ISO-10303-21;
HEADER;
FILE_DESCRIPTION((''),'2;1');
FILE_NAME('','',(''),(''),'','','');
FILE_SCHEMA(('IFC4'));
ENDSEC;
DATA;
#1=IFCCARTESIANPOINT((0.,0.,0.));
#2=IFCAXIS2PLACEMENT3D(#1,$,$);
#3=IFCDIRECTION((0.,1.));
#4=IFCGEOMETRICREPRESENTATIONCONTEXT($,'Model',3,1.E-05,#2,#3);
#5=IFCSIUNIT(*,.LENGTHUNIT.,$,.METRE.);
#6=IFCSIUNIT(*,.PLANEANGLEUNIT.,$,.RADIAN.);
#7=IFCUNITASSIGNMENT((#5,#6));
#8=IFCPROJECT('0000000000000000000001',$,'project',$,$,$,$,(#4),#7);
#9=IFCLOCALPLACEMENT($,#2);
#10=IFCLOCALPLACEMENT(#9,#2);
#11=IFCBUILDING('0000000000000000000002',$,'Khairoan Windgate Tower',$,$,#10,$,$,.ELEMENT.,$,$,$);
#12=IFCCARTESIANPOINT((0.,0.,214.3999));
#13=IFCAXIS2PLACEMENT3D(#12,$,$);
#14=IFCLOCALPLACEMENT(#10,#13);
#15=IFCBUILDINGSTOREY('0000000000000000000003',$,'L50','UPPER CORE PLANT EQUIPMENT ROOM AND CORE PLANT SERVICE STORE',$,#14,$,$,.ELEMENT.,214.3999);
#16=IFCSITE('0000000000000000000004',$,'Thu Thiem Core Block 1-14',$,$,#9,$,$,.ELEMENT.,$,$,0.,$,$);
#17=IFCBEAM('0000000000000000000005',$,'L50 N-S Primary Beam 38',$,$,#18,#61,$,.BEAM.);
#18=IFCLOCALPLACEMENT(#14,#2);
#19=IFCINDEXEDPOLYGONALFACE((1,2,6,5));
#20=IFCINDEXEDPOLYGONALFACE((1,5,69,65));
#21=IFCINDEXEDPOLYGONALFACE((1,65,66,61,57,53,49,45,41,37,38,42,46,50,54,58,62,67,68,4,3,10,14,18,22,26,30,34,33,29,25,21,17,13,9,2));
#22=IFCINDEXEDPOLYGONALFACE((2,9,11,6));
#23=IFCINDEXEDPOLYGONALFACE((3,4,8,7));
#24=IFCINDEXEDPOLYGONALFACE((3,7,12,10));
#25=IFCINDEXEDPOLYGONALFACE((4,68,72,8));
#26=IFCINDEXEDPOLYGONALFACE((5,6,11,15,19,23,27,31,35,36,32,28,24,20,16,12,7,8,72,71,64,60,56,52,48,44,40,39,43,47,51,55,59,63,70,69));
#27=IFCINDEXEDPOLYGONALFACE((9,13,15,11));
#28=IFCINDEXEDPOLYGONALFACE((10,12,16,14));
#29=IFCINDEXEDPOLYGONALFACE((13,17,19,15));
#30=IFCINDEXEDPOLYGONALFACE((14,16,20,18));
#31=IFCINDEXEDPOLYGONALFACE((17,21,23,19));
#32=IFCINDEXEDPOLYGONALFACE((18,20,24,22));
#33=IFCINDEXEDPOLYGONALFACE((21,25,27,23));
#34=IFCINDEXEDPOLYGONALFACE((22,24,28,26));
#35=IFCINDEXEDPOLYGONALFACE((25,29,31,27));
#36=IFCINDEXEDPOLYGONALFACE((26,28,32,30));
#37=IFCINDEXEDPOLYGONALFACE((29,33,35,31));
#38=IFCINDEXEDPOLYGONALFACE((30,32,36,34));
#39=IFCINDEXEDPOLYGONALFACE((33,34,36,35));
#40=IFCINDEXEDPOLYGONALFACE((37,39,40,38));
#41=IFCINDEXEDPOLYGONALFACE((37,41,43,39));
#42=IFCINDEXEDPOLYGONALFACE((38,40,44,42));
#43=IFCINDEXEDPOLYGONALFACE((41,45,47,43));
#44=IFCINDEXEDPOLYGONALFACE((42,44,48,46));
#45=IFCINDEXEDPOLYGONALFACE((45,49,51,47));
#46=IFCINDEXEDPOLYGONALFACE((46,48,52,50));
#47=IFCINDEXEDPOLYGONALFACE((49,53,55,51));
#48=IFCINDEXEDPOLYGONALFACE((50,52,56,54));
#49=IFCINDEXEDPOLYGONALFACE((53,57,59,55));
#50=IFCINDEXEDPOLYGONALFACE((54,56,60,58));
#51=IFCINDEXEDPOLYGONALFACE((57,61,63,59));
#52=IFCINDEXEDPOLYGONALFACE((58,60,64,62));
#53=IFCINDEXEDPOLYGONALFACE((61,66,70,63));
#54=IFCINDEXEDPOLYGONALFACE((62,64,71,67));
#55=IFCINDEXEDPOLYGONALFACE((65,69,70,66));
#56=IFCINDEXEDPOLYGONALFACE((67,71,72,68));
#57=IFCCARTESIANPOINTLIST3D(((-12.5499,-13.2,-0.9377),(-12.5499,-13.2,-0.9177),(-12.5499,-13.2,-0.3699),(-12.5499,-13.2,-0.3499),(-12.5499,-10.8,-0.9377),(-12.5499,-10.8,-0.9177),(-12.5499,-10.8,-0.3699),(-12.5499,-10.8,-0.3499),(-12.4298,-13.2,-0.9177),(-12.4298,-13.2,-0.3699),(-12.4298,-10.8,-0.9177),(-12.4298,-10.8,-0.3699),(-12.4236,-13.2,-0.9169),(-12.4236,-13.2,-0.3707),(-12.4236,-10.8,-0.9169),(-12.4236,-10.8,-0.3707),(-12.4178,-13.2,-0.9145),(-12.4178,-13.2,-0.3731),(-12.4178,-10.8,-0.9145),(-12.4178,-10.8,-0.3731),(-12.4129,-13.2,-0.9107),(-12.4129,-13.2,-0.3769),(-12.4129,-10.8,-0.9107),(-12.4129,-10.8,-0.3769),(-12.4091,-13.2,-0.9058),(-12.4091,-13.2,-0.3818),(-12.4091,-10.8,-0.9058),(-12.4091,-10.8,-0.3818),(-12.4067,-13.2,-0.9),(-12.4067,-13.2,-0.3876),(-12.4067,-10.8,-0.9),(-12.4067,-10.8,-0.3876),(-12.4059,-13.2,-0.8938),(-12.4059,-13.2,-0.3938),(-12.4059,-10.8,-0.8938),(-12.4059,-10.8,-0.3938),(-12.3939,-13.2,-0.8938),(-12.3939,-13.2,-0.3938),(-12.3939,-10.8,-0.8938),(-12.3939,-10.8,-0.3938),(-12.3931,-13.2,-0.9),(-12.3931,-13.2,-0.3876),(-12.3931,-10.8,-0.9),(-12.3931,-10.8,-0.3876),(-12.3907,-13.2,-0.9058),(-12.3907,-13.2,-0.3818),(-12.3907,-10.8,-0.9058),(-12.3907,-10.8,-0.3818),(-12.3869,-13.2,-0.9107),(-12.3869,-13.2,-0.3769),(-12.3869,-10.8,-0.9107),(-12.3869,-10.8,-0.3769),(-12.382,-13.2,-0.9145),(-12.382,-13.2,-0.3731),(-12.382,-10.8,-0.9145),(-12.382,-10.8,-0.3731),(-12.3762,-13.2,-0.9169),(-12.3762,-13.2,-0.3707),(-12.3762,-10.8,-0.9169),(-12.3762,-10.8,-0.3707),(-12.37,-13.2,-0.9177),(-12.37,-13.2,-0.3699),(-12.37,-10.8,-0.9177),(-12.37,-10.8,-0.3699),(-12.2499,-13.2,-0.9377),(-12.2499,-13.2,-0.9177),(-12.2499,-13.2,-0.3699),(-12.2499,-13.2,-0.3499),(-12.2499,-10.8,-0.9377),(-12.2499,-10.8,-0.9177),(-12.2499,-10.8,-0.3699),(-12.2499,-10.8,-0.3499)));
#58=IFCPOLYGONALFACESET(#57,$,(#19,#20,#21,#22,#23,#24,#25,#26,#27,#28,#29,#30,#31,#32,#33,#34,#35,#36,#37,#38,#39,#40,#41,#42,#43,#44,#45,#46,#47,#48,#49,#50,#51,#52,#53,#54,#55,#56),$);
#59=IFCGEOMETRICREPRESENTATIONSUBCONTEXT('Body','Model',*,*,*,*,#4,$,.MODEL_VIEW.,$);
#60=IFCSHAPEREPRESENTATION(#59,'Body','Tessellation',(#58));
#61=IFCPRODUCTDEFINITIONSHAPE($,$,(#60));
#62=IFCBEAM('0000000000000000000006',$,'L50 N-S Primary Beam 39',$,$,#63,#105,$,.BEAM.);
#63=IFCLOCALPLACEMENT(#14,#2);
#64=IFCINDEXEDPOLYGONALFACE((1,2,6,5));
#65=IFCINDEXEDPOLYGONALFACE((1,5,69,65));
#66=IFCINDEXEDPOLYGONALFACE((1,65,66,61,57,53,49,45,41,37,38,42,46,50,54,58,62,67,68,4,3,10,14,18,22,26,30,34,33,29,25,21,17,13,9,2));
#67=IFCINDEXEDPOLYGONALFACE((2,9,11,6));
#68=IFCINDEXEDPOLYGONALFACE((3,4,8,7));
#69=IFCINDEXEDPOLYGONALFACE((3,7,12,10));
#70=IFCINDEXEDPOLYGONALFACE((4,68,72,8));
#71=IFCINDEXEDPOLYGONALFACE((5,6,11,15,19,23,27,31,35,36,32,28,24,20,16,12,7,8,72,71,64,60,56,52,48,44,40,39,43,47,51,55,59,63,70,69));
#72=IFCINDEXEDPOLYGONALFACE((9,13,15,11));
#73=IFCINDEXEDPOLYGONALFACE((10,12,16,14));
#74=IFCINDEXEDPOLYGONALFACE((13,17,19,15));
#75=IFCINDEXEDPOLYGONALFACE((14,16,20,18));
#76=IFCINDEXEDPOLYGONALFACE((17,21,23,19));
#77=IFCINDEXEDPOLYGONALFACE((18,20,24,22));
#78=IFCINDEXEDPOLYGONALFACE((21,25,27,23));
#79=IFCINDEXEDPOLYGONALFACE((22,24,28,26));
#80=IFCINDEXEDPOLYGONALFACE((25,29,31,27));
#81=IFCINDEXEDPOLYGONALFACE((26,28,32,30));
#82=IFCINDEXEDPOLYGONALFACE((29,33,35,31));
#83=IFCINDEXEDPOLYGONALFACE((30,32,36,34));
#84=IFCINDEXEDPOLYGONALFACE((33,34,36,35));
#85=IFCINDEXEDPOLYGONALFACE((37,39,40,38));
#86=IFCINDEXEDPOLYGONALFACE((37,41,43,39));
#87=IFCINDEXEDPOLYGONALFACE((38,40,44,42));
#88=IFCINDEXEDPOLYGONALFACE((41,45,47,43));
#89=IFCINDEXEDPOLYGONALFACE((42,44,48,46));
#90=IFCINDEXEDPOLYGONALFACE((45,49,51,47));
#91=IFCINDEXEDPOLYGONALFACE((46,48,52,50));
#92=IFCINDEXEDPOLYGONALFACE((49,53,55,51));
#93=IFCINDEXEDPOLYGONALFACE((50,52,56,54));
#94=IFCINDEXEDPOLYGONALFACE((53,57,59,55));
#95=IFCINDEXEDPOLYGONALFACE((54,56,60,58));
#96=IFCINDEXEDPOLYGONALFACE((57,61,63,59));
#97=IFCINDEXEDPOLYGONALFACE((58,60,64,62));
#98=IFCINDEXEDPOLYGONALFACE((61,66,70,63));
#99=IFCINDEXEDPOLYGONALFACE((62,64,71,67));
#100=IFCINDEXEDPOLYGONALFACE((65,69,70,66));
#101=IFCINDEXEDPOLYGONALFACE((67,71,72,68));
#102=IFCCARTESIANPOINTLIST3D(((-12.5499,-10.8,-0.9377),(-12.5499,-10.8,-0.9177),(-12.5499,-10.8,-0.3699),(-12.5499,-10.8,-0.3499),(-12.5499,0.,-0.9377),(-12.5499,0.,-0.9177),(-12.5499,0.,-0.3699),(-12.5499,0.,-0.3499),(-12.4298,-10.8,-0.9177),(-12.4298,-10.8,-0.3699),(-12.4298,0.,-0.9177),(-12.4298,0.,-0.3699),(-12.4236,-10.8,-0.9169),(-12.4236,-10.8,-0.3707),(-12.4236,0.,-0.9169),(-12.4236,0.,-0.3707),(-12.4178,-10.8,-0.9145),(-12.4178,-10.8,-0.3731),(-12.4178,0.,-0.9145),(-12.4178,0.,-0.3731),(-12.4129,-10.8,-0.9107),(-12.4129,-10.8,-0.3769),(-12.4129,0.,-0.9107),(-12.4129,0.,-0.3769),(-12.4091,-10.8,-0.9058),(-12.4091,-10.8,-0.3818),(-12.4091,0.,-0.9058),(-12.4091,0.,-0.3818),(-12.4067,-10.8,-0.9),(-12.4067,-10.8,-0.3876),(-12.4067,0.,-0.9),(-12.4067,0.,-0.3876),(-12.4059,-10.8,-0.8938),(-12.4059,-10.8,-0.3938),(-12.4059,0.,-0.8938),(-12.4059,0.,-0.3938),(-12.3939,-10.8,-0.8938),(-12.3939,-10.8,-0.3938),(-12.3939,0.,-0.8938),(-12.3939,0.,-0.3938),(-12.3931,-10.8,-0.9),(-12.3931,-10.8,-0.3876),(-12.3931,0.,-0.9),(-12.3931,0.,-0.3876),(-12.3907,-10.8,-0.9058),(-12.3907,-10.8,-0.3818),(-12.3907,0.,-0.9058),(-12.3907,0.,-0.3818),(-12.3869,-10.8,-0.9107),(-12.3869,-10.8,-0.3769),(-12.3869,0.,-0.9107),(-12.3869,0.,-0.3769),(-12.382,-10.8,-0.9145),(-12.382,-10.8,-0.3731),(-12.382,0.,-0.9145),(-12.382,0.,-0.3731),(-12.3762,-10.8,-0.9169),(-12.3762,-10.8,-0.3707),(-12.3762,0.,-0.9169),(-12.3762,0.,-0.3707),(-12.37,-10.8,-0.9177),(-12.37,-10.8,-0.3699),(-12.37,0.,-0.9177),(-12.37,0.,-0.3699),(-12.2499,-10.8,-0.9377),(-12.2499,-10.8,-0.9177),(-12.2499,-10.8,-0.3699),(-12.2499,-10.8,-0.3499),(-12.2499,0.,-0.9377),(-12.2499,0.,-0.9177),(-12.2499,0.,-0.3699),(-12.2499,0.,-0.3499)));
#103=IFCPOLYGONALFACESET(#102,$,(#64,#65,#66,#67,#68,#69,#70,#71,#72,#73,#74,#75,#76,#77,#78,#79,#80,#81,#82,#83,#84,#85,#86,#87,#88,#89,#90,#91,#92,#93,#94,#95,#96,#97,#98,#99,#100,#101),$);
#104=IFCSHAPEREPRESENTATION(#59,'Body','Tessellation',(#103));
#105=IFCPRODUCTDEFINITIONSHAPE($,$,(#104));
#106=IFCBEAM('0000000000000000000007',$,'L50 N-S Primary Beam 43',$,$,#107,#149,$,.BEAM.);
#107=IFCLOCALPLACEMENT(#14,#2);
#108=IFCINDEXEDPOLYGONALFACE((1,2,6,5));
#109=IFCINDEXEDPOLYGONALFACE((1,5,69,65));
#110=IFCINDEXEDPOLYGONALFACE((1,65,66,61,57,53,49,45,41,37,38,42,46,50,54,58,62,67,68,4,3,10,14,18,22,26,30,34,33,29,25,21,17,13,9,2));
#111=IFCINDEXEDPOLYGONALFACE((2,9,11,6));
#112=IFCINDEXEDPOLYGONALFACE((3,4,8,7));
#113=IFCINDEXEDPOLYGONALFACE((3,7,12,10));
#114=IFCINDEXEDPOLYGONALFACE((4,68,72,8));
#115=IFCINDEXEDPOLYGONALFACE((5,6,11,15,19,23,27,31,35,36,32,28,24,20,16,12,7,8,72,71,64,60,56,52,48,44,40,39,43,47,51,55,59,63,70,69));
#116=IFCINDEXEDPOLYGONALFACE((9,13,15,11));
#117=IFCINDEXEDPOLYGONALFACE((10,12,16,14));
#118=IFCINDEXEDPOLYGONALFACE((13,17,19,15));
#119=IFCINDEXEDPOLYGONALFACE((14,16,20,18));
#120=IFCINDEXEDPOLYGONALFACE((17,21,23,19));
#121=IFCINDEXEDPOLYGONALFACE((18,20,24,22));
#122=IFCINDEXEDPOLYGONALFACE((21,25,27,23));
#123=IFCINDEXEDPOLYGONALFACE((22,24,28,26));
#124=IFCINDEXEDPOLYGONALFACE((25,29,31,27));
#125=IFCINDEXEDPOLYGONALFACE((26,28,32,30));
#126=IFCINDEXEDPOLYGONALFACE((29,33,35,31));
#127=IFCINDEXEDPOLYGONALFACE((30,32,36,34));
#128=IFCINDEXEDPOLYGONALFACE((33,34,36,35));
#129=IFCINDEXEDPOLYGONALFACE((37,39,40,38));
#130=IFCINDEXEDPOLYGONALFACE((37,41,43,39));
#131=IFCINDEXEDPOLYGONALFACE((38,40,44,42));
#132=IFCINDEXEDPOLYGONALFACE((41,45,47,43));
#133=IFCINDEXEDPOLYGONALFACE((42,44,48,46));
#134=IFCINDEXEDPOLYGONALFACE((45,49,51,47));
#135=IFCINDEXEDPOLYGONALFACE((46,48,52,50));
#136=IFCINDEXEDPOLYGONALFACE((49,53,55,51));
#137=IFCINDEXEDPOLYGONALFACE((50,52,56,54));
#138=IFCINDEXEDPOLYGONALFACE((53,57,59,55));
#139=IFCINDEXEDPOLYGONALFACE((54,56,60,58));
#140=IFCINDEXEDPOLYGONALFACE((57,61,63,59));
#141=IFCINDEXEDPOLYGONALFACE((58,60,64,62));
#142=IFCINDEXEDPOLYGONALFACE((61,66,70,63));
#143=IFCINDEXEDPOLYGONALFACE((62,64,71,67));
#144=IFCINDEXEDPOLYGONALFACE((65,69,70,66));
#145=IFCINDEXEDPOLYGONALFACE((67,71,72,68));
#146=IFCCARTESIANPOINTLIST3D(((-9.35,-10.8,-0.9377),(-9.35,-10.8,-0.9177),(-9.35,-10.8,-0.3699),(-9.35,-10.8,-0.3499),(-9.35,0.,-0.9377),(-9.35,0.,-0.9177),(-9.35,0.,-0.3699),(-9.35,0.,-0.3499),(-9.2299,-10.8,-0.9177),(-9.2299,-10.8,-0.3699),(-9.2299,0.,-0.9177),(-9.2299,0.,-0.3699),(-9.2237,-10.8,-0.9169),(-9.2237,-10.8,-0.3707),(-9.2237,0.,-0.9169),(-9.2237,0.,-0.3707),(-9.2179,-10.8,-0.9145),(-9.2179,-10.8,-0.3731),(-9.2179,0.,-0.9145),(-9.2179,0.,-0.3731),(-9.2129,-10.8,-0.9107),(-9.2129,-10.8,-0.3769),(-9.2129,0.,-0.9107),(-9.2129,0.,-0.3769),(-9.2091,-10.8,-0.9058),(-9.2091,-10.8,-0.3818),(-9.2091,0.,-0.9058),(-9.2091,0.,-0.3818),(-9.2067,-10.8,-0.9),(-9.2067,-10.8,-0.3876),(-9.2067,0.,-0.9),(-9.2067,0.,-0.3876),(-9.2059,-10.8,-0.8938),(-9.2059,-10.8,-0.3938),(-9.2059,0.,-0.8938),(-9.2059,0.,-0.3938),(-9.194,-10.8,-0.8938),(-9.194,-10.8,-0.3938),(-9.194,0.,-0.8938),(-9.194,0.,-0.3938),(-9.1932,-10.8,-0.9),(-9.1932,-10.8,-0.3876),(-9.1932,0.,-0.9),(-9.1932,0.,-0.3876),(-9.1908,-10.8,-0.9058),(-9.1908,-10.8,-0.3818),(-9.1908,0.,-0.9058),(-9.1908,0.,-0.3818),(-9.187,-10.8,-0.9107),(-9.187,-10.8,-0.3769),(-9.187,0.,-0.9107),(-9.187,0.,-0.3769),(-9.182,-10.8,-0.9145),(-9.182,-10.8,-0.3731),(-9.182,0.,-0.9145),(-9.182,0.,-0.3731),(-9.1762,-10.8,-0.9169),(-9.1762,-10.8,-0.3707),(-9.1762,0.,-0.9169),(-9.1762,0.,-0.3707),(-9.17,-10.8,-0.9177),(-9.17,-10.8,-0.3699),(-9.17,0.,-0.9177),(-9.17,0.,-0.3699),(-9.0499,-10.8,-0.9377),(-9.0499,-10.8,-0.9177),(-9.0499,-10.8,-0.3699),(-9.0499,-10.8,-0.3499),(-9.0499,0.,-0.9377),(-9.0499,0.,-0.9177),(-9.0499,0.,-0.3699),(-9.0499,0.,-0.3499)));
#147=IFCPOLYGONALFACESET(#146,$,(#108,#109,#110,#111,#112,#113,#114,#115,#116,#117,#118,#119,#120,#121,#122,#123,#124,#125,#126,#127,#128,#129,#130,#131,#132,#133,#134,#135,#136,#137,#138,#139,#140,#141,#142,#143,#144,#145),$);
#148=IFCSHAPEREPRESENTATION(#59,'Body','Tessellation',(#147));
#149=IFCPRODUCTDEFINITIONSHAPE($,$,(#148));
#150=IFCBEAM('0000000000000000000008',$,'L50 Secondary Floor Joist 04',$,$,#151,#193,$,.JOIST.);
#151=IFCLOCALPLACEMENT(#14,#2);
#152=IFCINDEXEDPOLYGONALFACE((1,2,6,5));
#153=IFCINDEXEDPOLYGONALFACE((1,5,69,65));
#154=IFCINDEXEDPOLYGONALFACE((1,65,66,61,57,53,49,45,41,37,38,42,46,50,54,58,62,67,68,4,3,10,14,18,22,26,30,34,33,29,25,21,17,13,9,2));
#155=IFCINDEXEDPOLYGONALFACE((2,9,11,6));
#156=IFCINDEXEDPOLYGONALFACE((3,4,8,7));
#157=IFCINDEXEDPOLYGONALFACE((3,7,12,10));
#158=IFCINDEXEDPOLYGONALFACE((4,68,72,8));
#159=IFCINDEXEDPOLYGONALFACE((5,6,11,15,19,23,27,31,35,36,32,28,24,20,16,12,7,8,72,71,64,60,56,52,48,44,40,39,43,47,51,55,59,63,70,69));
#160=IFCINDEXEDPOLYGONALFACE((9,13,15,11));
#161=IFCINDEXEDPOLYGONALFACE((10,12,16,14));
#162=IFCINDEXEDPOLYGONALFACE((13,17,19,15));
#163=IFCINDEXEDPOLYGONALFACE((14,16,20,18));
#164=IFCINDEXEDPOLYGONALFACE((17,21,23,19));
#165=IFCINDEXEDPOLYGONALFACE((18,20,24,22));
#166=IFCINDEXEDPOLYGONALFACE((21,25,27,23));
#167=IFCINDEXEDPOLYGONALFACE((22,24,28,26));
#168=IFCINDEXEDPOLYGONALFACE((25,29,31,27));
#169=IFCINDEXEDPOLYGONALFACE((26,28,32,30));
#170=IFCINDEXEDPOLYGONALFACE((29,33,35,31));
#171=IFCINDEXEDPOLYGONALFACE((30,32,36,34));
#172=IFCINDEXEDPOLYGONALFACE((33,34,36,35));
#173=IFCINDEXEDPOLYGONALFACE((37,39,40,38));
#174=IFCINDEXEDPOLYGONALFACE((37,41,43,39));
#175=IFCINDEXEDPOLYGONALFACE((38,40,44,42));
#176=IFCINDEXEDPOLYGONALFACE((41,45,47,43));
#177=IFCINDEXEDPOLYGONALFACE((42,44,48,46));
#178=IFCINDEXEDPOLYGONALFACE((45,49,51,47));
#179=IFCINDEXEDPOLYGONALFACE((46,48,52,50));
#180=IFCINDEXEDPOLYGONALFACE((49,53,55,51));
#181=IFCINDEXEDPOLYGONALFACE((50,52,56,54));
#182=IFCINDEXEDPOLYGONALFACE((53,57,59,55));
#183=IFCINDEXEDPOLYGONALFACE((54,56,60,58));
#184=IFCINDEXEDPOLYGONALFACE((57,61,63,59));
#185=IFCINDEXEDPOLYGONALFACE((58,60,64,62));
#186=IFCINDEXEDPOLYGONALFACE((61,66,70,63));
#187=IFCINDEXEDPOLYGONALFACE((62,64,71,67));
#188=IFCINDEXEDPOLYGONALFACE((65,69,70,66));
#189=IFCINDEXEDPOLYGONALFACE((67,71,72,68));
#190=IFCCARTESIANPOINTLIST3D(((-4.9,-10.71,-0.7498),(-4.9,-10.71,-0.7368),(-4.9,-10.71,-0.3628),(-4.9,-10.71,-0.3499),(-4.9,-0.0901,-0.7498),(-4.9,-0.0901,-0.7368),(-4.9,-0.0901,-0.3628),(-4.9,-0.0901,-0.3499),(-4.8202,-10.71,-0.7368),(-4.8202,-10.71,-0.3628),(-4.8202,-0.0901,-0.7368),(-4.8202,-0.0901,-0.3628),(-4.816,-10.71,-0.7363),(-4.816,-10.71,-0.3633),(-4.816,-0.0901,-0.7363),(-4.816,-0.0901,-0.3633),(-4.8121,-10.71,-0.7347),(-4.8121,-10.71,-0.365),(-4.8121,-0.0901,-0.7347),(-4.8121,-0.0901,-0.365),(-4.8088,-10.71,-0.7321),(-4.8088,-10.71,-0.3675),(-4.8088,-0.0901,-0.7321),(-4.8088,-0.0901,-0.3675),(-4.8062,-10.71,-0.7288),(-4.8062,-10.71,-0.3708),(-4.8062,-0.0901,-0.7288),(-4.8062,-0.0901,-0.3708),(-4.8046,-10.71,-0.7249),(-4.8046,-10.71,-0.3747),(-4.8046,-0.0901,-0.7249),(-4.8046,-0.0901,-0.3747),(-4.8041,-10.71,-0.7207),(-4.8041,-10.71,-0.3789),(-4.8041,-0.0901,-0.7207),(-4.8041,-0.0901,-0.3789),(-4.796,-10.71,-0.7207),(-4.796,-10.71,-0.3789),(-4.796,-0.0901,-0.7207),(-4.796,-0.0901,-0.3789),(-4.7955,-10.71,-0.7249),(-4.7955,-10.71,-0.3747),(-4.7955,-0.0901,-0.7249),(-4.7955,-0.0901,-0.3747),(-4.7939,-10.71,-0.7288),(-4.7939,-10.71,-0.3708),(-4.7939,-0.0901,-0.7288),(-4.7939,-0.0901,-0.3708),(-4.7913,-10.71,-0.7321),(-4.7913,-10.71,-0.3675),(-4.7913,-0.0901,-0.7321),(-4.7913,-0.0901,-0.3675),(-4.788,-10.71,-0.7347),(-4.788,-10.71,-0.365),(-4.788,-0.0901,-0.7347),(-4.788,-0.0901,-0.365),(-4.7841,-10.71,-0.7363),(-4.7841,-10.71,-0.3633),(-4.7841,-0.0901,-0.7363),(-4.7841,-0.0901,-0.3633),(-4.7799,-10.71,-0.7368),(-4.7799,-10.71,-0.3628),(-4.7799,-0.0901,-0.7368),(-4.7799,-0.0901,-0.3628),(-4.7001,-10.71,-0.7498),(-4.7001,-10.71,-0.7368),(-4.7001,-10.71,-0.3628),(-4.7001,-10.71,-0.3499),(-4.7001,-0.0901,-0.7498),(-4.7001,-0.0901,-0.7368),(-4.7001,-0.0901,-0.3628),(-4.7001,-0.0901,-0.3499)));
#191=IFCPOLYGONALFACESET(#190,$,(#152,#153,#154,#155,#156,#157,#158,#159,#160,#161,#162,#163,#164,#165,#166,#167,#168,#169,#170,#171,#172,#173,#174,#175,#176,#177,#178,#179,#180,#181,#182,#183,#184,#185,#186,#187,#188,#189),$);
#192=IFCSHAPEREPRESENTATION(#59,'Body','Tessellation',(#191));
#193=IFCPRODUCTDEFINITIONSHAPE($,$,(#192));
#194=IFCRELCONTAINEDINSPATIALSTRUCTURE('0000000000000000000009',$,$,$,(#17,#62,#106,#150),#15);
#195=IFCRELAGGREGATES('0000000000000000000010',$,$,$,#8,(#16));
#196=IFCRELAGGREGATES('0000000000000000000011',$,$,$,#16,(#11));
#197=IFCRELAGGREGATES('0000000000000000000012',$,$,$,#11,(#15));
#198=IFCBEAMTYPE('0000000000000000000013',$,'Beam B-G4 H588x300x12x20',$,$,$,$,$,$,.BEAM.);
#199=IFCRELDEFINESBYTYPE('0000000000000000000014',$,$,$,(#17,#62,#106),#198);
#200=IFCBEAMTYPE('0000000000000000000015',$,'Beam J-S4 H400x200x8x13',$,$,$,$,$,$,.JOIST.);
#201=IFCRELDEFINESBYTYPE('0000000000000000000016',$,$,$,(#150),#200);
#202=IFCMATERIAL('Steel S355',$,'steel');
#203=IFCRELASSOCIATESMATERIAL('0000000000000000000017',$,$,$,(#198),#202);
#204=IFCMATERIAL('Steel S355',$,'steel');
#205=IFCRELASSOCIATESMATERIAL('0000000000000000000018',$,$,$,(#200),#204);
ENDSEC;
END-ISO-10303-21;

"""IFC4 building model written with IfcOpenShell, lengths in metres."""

from ifc_helpers import new_model, si_unit, direction, frame, origin, origin_2d, place, context, subcontext, project, spatial, i_section, extrude, material, material_profile, profile_set, type_object, element, save


model = new_model("IFC4")

# Units and contexts
model_context = context("Model", 3, precision=1e-05, world=origin(), true_north=direction((0.0, 1.0)))
body_context = subcontext(model_context, "Body", "Model", "MODEL_VIEW")
ifc_project = project(units=[si_unit("LENGTHUNIT", "METRE"), si_unit("PLANEANGLEUNIT", "RADIAN")], contexts=[model_context])

# Site, building, storey
site_placement = place(None, origin())
site = spatial("IfcSite", under=ifc_project, at=site_placement, Name="Thu Thiem Core Block 1-14", CompositionType="ELEMENT", RefElevation=0.0)
building_placement = place(site_placement, origin())
building = spatial("IfcBuilding", under=site, at=building_placement, Name="Khairoan Windgate Tower", CompositionType="ELEMENT")
storey_placement = place(building_placement, frame((0.0, 0.0, 214.3999)))
storey = spatial("IfcBuildingStorey", under=building, at=storey_placement, Name="L50", Description="UPPER CORE PLANT EQUIPMENT ROOM AND CORE PLANT SERVICE STORE", CompositionType="ELEMENT", Elevation=214.3999)

# Beams
ifc_material_1 = material(Name="Steel S355", Category="steel")
ifc_material_profile_1 = material_profile(ifc_material_1, i_section(OverallWidth=0.3, OverallDepth=0.5879, WebThickness=0.012, FlangeThickness=0.02, FilletRadius=0.0239, at=origin_2d()))
ifc_profile_set_1 = profile_set([ifc_material_profile_1], Name="Steel S355")
beam_type_1 = type_object("IfcBeamType", Name="Beam B-G4 H588x300x12x20", PredefinedType="BEAM", material=ifc_profile_set_1)
beam_1_placement = place(storey_placement, frame((-12.3999, -13.2, -0.6438), z_axis=(0.0, 1.0, 0.0), x_axis=(-1.0, 0.0, 0.0)))
element("IfcBeam", 1, at=beam_1_placement, inside=storey, type_object=beam_type_1, Name="L50 N-S Primary Beam 38", PredefinedType="BEAM", context=body_context, shape_type="SweptSolid", body=[
    extrude(i_section(OverallWidth=0.3, OverallDepth=0.5879, WebThickness=0.012, FlangeThickness=0.02, FilletRadius=0.0239, at=origin_2d()), origin(), (0.0, 0.0, 1.0), 2.3999),
])
for number, where, z_axis, x_axis, name in (
    (2, (-12.3999, -10.8, -0.6438), (0.0, 1.0, 0.0), (-1.0, 0.0, 0.0), "L50 N-S Primary Beam 39"),
    (3, (-9.2, -10.8, -0.6438), (0.0, 1.0, 0.0), (-1.0, 0.0, 0.0), "L50 N-S Primary Beam 43"),
):
    element("IfcBeam", number, at=place(storey_placement, frame(where, z_axis=z_axis, x_axis=x_axis)), inside=storey, type_object=beam_type_1, Name=name, PredefinedType="BEAM", context=body_context, shape_type="SweptSolid", body=[
        extrude(i_section(OverallWidth=0.3, OverallDepth=0.5879, WebThickness=0.012, FlangeThickness=0.02, FilletRadius=0.0239, at=origin_2d()), origin(), (0.0, 0.0, 1.0), 10.8),
    ])
ifc_material_2 = material(Name="Steel S355", Category="steel")
ifc_material_profile_2 = material_profile(ifc_material_2, i_section(OverallWidth=0.2, OverallDepth=0.3999, WebThickness=0.0081, FlangeThickness=0.0129, FilletRadius=0.0161, at=origin_2d()))
ifc_profile_set_2 = profile_set([ifc_material_profile_2], Name="Steel S355")
beam_type_2 = type_object("IfcBeamType", Name="Beam J-S4 H400x200x8x13", PredefinedType="JOIST", material=ifc_profile_set_2)
beam_2_placement = place(storey_placement, frame((-4.8, -10.71, -0.5498), z_axis=(0.0, 1.0, 0.0), x_axis=(-1.0, 0.0, 0.0)))
element("IfcBeam", 4, at=beam_2_placement, inside=storey, type_object=beam_type_2, Name="L50 Secondary Floor Joist 04", PredefinedType="JOIST", context=body_context, shape_type="SweptSolid", body=[
    extrude(i_section(OverallWidth=0.2, OverallDepth=0.3999, WebThickness=0.0081, FlangeThickness=0.0129, FilletRadius=0.0161, at=origin_2d()), origin(), (0.0, 0.0, 1.0), 10.6199),
])

save(model, "model.ifc")
